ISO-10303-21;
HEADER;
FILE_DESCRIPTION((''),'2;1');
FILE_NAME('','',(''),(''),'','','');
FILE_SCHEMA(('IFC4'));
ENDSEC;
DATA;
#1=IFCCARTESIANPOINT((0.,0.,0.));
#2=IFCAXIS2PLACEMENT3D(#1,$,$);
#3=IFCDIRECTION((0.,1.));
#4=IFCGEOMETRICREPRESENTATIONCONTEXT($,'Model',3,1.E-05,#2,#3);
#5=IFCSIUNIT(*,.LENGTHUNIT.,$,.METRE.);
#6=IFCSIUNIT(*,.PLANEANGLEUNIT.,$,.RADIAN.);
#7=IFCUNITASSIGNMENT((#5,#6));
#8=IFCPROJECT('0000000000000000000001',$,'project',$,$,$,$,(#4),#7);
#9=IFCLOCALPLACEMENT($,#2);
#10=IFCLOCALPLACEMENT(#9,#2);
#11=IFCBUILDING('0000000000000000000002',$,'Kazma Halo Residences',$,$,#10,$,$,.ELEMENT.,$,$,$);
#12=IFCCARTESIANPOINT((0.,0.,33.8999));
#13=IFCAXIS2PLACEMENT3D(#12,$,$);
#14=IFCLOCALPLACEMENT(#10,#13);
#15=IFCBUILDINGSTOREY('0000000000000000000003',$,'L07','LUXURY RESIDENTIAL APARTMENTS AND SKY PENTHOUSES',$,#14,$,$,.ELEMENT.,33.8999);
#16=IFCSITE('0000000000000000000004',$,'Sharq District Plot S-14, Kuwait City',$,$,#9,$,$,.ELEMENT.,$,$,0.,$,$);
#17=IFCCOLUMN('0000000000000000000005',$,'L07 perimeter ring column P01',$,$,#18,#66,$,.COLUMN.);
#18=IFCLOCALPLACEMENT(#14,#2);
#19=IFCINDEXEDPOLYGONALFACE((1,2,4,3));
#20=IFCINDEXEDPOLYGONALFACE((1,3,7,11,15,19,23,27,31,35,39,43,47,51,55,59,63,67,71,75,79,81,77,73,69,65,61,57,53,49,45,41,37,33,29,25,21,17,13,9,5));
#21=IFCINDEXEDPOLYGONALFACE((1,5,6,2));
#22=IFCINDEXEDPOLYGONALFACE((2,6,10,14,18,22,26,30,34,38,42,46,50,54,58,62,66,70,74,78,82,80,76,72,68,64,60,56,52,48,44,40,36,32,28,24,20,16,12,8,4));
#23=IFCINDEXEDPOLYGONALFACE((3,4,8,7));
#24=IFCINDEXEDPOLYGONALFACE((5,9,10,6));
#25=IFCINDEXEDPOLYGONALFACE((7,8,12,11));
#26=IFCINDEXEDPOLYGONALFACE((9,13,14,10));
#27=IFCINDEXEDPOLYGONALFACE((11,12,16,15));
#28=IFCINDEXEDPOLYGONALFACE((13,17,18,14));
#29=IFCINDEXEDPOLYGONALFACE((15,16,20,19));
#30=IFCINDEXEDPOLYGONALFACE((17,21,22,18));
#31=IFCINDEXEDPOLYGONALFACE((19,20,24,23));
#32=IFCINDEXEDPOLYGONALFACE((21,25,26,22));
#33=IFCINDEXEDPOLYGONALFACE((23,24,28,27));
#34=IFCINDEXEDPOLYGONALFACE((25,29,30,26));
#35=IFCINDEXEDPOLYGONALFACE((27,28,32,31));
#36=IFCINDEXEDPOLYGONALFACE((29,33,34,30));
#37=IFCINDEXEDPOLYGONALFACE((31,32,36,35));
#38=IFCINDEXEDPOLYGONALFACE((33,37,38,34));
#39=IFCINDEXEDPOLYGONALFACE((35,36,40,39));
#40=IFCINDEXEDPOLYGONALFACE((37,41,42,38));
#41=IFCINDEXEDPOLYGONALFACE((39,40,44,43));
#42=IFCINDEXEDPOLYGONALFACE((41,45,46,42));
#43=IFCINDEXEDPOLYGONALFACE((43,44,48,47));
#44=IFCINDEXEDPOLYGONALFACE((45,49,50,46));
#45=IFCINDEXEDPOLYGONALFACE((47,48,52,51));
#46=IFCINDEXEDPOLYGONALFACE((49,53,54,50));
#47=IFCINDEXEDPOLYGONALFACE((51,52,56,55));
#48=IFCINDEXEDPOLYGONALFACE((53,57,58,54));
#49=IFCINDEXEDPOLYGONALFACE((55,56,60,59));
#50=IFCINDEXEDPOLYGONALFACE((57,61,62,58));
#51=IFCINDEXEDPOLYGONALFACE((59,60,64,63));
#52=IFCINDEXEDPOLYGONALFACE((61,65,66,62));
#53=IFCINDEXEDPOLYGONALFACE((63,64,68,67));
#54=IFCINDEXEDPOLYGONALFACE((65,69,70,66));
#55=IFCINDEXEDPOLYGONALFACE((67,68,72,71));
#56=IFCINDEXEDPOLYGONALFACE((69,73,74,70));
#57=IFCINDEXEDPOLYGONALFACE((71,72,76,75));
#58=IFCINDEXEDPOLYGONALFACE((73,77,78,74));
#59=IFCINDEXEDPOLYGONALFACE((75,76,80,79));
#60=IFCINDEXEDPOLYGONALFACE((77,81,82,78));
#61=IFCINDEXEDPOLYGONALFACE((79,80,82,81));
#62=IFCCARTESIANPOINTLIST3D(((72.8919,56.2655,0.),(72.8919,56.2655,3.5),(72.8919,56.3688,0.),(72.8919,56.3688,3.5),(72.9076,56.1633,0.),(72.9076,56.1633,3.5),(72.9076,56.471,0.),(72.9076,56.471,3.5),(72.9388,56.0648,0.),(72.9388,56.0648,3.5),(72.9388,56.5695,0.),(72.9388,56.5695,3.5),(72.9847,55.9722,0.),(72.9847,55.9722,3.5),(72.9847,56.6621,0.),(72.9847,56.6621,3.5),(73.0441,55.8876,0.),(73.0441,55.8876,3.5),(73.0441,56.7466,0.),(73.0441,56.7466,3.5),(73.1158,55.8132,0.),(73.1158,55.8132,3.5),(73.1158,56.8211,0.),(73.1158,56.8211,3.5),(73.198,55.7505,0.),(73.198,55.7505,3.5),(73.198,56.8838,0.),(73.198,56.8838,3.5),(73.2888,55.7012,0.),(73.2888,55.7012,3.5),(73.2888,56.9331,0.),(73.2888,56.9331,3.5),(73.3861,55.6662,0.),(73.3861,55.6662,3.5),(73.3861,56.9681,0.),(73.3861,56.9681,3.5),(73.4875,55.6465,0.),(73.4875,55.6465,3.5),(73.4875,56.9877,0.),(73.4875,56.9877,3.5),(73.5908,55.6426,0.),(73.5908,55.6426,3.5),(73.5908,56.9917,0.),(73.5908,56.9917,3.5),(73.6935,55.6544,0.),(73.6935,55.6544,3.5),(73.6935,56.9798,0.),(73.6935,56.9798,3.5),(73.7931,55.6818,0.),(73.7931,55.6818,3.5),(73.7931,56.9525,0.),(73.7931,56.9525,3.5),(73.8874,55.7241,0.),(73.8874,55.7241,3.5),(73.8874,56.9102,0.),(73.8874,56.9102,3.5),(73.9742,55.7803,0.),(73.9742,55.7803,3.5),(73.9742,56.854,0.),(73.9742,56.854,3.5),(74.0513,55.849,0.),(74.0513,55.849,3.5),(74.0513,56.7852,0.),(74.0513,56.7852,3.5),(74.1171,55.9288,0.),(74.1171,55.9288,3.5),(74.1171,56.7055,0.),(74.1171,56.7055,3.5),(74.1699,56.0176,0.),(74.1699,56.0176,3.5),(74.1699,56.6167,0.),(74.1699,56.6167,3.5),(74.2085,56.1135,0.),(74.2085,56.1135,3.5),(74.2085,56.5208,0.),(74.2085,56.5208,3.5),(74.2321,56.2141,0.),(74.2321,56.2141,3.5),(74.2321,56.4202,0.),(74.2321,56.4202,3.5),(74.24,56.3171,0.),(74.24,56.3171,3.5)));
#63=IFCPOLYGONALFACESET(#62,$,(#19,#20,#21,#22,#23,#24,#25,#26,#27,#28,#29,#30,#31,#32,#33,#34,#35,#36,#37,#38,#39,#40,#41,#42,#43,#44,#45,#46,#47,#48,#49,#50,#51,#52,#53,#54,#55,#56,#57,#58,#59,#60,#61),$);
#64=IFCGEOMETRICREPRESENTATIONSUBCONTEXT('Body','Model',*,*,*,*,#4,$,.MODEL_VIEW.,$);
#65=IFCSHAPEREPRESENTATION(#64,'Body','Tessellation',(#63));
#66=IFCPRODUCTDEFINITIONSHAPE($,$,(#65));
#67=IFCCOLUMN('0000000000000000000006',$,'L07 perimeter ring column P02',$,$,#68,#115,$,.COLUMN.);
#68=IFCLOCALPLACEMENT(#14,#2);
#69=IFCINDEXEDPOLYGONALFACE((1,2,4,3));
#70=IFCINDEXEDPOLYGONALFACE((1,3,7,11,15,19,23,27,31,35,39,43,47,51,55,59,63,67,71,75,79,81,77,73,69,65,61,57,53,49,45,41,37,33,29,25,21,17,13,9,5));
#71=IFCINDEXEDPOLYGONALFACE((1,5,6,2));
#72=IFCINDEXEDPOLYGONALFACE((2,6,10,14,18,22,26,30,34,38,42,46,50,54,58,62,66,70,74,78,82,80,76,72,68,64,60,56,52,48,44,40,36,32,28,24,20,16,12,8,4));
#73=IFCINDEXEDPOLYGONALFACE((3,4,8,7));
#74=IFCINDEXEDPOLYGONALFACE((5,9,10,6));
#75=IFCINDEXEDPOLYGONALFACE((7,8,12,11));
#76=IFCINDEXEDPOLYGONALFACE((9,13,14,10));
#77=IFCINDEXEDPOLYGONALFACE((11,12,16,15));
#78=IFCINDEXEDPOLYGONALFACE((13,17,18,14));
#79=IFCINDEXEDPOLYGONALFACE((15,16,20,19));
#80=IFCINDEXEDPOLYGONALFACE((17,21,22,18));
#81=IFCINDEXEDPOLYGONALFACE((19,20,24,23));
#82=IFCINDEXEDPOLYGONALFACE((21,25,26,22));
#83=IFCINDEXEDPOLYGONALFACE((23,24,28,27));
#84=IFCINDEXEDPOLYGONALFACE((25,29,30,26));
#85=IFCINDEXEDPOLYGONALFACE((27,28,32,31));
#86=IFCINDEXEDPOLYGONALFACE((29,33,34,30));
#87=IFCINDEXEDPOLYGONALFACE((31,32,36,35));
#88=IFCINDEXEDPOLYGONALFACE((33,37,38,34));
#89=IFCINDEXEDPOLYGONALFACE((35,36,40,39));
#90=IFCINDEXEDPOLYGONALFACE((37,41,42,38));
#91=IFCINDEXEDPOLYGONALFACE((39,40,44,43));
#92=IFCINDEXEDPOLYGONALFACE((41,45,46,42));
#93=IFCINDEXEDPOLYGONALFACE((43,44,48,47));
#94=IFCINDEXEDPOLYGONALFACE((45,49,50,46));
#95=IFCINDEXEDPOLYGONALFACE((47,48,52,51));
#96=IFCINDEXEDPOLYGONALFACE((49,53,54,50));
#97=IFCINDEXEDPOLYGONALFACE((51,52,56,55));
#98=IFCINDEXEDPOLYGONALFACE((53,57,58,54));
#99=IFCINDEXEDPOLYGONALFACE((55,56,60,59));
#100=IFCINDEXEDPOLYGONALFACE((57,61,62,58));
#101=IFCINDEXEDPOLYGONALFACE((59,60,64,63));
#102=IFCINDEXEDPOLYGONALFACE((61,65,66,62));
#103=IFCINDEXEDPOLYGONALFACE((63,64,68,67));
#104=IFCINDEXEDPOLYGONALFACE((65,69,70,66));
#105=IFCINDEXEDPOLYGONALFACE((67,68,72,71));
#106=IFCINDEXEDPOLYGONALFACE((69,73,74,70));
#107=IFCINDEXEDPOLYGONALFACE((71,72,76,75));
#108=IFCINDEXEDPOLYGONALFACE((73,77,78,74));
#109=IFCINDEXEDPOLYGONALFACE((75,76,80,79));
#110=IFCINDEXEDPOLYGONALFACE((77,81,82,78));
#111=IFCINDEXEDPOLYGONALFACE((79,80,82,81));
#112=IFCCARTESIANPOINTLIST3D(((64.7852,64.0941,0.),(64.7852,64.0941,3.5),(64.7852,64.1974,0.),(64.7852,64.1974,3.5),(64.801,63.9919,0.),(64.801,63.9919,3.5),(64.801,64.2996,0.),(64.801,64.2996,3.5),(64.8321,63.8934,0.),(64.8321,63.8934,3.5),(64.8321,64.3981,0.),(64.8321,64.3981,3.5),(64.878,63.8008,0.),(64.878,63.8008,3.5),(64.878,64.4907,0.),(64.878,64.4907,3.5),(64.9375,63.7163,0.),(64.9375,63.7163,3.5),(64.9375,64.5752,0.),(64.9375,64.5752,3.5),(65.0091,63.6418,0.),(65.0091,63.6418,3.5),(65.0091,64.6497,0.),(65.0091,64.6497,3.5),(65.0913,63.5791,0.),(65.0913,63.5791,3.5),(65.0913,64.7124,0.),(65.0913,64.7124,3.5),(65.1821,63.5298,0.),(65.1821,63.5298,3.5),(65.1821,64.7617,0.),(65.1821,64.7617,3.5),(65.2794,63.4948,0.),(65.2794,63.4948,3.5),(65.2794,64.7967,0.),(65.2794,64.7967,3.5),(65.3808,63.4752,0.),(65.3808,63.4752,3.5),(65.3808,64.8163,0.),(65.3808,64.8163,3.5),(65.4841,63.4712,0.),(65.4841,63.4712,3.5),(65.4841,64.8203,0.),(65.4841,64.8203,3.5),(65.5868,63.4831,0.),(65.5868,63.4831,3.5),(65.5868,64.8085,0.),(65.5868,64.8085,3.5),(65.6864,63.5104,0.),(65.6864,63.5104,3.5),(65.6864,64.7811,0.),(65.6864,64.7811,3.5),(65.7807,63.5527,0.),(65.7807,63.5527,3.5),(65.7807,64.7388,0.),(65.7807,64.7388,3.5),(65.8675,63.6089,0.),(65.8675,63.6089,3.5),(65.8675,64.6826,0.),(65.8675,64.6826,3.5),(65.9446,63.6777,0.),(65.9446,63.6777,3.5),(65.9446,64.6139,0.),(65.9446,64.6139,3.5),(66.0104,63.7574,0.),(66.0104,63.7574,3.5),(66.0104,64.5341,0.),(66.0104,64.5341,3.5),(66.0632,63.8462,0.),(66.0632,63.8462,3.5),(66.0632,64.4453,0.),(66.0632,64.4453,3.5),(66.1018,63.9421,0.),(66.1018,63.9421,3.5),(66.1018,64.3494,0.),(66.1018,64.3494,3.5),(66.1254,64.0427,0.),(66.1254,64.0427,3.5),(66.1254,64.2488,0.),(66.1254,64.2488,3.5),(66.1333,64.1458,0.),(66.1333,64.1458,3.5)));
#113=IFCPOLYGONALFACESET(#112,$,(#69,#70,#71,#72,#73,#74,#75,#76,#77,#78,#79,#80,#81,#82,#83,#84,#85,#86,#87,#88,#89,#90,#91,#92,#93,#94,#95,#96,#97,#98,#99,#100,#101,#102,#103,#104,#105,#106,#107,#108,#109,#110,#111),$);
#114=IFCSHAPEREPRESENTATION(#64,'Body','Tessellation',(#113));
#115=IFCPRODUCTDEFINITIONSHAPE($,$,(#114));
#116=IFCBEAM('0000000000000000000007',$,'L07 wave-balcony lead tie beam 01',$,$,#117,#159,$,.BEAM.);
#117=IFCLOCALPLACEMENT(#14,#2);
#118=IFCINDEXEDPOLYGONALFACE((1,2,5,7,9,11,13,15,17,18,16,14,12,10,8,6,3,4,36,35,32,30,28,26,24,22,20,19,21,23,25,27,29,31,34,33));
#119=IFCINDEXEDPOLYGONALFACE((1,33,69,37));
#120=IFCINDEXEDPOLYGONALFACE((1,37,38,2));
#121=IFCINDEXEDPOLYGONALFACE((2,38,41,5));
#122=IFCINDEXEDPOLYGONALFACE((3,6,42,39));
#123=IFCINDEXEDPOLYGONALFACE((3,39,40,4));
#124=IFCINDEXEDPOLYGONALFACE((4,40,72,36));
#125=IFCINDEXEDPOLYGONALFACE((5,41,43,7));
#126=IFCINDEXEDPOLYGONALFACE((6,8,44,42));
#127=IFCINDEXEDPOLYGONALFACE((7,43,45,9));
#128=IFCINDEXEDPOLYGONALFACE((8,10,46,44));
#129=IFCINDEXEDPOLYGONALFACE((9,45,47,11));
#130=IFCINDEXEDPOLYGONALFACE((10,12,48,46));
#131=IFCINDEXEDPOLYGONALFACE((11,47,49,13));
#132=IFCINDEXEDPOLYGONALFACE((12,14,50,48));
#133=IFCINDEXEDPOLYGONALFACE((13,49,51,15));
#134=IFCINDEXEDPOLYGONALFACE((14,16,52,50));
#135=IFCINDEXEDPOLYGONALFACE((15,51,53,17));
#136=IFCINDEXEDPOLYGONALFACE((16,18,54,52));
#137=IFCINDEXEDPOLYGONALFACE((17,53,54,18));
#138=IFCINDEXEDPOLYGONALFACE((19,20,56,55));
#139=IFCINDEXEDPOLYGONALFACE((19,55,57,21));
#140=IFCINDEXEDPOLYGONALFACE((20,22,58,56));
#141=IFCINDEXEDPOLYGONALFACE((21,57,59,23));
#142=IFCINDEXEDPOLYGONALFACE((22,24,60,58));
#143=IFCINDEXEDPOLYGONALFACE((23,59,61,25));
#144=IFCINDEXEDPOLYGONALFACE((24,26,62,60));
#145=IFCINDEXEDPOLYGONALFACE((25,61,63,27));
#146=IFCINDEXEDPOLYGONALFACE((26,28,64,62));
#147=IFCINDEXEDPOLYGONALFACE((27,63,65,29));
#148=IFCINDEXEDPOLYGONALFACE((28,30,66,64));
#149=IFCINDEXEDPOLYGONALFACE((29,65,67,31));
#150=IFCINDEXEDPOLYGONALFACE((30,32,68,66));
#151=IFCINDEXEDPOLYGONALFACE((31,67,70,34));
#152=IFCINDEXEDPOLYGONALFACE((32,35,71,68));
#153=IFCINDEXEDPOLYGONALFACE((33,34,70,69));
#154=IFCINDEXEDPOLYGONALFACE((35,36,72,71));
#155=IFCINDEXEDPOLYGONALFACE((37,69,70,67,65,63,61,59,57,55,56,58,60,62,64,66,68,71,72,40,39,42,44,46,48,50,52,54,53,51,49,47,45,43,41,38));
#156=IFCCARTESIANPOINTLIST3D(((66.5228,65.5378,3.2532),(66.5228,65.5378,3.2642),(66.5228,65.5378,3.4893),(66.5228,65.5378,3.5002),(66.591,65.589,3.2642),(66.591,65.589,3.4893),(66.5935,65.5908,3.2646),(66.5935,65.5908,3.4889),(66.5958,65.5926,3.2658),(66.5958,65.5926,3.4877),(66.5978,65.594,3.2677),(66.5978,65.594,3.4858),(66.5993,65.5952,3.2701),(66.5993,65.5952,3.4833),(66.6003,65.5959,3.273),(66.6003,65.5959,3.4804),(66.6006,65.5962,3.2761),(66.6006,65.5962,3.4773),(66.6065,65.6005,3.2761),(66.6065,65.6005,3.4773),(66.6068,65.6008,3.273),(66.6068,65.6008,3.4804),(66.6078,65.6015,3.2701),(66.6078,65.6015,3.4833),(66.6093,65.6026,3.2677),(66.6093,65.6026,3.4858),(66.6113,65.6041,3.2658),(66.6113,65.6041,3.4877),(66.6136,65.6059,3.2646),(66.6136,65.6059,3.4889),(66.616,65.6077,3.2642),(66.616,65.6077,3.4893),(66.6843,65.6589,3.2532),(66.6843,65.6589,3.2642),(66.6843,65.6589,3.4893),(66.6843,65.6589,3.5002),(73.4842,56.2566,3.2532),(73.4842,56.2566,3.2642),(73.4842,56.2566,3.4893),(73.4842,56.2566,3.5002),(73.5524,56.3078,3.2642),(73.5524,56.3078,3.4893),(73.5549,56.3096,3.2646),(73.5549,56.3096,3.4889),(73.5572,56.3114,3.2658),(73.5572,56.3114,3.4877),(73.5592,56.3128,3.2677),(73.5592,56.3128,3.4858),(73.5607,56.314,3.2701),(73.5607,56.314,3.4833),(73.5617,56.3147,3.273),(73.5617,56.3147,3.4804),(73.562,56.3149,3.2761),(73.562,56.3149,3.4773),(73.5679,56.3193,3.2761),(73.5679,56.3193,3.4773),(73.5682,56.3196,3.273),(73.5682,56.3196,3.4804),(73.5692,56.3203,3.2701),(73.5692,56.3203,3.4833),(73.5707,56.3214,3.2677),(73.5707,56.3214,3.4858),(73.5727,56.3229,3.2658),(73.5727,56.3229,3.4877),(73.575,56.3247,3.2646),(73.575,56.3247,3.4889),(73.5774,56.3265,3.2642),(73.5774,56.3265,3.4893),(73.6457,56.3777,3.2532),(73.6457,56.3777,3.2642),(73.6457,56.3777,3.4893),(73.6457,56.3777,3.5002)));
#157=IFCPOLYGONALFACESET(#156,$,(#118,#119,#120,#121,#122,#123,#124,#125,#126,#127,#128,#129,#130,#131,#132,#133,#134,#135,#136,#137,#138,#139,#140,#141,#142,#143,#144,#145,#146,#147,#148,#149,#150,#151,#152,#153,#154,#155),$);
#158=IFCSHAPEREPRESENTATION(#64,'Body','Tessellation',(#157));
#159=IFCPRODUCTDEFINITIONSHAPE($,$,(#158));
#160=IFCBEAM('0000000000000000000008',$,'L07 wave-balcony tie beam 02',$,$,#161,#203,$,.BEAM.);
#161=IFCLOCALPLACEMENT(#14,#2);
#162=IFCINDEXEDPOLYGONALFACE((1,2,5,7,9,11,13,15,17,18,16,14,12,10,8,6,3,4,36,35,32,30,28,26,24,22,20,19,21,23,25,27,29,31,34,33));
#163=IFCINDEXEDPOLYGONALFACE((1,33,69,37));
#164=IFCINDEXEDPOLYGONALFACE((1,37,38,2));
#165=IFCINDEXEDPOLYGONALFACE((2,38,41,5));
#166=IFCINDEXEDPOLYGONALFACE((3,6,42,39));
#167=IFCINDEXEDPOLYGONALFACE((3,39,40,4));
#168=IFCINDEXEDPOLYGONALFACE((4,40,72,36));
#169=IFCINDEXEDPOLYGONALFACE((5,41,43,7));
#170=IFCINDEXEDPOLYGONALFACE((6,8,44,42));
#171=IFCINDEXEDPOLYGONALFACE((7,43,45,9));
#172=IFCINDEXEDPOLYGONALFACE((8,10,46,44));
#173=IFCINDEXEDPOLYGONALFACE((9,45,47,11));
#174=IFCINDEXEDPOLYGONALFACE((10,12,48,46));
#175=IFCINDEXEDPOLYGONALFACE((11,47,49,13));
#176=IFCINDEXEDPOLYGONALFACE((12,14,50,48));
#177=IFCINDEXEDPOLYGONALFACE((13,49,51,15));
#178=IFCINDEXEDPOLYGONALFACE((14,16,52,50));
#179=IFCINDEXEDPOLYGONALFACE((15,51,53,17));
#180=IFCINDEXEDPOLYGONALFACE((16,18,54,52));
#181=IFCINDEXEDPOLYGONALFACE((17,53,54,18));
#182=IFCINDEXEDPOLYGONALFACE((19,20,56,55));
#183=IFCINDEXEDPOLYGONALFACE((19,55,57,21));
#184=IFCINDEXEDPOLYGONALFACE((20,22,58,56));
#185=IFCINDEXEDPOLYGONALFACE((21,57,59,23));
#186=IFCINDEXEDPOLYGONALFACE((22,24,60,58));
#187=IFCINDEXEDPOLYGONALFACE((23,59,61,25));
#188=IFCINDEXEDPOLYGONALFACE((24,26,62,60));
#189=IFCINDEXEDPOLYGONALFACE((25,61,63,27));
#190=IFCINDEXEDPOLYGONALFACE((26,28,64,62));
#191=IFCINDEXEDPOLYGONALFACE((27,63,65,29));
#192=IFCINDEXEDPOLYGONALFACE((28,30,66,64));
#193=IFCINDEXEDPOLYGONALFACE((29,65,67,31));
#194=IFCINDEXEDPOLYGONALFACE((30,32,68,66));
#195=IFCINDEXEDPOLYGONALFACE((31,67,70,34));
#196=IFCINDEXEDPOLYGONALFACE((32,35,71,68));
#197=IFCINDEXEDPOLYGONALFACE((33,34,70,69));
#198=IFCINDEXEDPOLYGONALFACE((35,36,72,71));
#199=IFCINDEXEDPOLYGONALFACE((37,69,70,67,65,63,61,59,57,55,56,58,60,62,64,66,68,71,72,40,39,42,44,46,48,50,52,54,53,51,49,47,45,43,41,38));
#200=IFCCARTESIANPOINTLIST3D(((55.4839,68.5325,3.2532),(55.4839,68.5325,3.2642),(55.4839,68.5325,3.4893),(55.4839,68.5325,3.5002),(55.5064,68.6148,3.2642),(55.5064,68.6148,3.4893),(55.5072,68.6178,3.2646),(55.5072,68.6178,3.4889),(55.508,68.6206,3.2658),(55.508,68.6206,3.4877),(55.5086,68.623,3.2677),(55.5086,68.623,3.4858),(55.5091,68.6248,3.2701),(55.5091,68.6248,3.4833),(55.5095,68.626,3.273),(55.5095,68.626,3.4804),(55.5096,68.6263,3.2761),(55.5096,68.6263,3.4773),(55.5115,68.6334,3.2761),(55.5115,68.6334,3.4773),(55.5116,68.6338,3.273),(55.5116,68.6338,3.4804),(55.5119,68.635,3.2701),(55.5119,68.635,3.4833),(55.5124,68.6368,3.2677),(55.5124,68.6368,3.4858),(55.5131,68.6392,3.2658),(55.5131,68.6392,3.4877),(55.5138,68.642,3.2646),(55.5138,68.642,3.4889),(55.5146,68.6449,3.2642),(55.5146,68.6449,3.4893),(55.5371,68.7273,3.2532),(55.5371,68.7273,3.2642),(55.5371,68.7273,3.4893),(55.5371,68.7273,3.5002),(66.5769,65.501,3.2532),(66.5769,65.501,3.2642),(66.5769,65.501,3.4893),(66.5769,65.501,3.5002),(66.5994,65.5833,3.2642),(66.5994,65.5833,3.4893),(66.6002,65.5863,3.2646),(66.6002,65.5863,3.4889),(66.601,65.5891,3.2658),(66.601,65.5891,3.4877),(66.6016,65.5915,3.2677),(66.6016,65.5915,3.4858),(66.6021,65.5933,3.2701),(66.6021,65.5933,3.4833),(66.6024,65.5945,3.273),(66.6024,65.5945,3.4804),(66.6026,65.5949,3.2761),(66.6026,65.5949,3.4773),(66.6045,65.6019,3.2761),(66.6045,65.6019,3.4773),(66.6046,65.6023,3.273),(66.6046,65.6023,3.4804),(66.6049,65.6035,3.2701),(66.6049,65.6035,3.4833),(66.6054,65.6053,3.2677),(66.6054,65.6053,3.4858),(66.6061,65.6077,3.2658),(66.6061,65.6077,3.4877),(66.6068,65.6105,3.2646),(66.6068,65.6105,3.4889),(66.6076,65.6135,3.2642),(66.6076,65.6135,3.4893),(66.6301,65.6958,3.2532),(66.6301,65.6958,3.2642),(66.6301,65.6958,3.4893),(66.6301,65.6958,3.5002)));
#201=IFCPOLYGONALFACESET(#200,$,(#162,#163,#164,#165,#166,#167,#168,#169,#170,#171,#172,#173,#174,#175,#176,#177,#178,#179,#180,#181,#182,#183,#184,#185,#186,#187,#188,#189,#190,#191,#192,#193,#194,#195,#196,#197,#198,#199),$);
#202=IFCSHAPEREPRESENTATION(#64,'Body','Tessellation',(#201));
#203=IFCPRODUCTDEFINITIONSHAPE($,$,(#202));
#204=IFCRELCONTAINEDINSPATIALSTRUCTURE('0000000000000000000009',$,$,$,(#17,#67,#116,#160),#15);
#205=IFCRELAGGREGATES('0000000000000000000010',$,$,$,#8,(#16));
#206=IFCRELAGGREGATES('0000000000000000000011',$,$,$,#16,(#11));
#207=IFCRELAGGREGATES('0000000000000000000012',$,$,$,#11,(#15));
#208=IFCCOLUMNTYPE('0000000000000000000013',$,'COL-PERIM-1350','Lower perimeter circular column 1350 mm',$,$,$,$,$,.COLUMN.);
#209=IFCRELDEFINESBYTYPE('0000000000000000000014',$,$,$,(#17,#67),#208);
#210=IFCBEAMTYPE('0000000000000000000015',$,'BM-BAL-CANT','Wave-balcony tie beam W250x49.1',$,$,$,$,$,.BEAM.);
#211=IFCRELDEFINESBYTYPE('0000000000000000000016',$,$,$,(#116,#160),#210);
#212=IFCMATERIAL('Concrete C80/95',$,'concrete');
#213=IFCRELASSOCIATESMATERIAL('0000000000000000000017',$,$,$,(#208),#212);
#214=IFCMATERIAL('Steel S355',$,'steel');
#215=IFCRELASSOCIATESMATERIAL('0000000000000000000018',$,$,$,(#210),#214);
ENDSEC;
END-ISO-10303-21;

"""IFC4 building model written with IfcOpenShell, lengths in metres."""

from ifc_helpers import new_model, si_unit, direction, frame, origin, origin_2d, place, context, subcontext, project, spatial, circle, i_section, extrude, material, material_profile, profile_set, type_object, element, save


model = new_model("IFC4")

# Units and contexts
model_context = context("Model", 3, precision=1e-05, world=origin(), true_north=direction((0.0, 1.0)))
body_context = subcontext(model_context, "Body", "Model", "MODEL_VIEW")
ifc_project = project(units=[si_unit("LENGTHUNIT", "METRE"), si_unit("PLANEANGLEUNIT", "RADIAN")], contexts=[model_context])

# Site, building, storey
site_placement = place(None, origin())
site = spatial("IfcSite", under=ifc_project, at=site_placement, Name="Sharq District Plot S-14, Kuwait City", CompositionType="ELEMENT", RefElevation=0.0)
building_placement = place(site_placement, origin())
building = spatial("IfcBuilding", under=site, at=building_placement, Name="Kazma Halo Residences", CompositionType="ELEMENT")
storey_placement = place(building_placement, frame((0.0, 0.0, 33.8999)))
storey = spatial("IfcBuildingStorey", under=building, at=storey_placement, Name="L07", Description="LUXURY RESIDENTIAL APARTMENTS AND SKY PENTHOUSES", CompositionType="ELEMENT", Elevation=33.8999)

# Columns
ifc_material_1 = material(Name="Concrete C80/95", Category="concrete")
ifc_material_profile_1 = material_profile(ifc_material_1, circle(Radius=0.675, at=origin_2d()), Name="CIRC1350")
ifc_profile_set_1 = profile_set([ifc_material_profile_1], Name="Concrete C80/95")
column_type = type_object("IfcColumnType", Name="COL-PERIM-1350", Description="Lower perimeter circular column 1350 mm", PredefinedType="COLUMN", material=ifc_profile_set_1)
for number, where, z_axis, x_axis, name in (
    (1, (73.5649, 56.3171, 0.0), (0.0, 0.0, 1.0), (1.0, 0.0, 0.0), "L07 perimeter ring column P01"),
    (2, (65.4583, 64.1458, 0.0), (0.0, 0.0, 1.0), (1.0, 0.0, 0.0), "L07 perimeter ring column P02"),
):
    element("IfcColumn", number, at=place(storey_placement, frame(where, z_axis=z_axis, x_axis=x_axis)), inside=storey, type_object=column_type, Name=name, PredefinedType="COLUMN", context=body_context, shape_type="SweptSolid", body=[
        extrude(circle(Radius=0.675, at=origin_2d()), origin(), (0.0, 0.0, 1.0), 3.5),
    ])

# Beams
ifc_material_2 = material(Name="Steel S355", Category="steel")
ifc_material_profile_2 = material_profile(ifc_material_2, i_section(OverallWidth=0.2019, OverallDepth=0.2471, WebThickness=0.0073, FlangeThickness=0.011, FilletRadius=0.012, at=origin_2d()), Name="W250x49.1")
ifc_profile_set_2 = profile_set([ifc_material_profile_2], Name="Steel S355")
beam_type_1 = type_object("IfcBeamType", Name="BM-BAL-CANT", Description="Wave-balcony tie beam W250x49.1", PredefinedType="BEAM", material=ifc_profile_set_2)
beam_1_placement = place(storey_placement, frame((73.5649, 56.3171, 3.3767), z_axis=(-0.600027, 0.79998, 0.0), x_axis=(-0.79998, -0.600027, 0.0)))
element("IfcBeam", 3, at=beam_1_placement, inside=storey, type_object=beam_type_1, Name="L07 wave-balcony lead tie beam 01", PredefinedType="BEAM", context=body_context, shape_type="SweptSolid", body=[
    extrude(i_section(OverallWidth=0.2019, OverallDepth=0.2471, WebThickness=0.0073, FlangeThickness=0.011, FilletRadius=0.012, at=origin_2d()), origin(), (0.0, 0.0, 1.0), 11.6018),
])
beam_2_placement = place(storey_placement, frame((66.6035, 65.5984, 3.3767), z_axis=(-0.964628, 0.263613, 0.0), x_axis=(-0.263613, -0.964628, 0.0)))
element("IfcBeam", 4, at=beam_2_placement, inside=storey, type_object=beam_type_1, Name="L07 wave-balcony tie beam 02", PredefinedType="BEAM", context=body_context, shape_type="SweptSolid", body=[
    extrude(i_section(OverallWidth=0.2019, OverallDepth=0.2471, WebThickness=0.0073, FlangeThickness=0.011, FilletRadius=0.012, at=origin_2d()), origin(), (0.0, 0.0, 1.0), 11.4998),
])

save(model, "model.ifc")
